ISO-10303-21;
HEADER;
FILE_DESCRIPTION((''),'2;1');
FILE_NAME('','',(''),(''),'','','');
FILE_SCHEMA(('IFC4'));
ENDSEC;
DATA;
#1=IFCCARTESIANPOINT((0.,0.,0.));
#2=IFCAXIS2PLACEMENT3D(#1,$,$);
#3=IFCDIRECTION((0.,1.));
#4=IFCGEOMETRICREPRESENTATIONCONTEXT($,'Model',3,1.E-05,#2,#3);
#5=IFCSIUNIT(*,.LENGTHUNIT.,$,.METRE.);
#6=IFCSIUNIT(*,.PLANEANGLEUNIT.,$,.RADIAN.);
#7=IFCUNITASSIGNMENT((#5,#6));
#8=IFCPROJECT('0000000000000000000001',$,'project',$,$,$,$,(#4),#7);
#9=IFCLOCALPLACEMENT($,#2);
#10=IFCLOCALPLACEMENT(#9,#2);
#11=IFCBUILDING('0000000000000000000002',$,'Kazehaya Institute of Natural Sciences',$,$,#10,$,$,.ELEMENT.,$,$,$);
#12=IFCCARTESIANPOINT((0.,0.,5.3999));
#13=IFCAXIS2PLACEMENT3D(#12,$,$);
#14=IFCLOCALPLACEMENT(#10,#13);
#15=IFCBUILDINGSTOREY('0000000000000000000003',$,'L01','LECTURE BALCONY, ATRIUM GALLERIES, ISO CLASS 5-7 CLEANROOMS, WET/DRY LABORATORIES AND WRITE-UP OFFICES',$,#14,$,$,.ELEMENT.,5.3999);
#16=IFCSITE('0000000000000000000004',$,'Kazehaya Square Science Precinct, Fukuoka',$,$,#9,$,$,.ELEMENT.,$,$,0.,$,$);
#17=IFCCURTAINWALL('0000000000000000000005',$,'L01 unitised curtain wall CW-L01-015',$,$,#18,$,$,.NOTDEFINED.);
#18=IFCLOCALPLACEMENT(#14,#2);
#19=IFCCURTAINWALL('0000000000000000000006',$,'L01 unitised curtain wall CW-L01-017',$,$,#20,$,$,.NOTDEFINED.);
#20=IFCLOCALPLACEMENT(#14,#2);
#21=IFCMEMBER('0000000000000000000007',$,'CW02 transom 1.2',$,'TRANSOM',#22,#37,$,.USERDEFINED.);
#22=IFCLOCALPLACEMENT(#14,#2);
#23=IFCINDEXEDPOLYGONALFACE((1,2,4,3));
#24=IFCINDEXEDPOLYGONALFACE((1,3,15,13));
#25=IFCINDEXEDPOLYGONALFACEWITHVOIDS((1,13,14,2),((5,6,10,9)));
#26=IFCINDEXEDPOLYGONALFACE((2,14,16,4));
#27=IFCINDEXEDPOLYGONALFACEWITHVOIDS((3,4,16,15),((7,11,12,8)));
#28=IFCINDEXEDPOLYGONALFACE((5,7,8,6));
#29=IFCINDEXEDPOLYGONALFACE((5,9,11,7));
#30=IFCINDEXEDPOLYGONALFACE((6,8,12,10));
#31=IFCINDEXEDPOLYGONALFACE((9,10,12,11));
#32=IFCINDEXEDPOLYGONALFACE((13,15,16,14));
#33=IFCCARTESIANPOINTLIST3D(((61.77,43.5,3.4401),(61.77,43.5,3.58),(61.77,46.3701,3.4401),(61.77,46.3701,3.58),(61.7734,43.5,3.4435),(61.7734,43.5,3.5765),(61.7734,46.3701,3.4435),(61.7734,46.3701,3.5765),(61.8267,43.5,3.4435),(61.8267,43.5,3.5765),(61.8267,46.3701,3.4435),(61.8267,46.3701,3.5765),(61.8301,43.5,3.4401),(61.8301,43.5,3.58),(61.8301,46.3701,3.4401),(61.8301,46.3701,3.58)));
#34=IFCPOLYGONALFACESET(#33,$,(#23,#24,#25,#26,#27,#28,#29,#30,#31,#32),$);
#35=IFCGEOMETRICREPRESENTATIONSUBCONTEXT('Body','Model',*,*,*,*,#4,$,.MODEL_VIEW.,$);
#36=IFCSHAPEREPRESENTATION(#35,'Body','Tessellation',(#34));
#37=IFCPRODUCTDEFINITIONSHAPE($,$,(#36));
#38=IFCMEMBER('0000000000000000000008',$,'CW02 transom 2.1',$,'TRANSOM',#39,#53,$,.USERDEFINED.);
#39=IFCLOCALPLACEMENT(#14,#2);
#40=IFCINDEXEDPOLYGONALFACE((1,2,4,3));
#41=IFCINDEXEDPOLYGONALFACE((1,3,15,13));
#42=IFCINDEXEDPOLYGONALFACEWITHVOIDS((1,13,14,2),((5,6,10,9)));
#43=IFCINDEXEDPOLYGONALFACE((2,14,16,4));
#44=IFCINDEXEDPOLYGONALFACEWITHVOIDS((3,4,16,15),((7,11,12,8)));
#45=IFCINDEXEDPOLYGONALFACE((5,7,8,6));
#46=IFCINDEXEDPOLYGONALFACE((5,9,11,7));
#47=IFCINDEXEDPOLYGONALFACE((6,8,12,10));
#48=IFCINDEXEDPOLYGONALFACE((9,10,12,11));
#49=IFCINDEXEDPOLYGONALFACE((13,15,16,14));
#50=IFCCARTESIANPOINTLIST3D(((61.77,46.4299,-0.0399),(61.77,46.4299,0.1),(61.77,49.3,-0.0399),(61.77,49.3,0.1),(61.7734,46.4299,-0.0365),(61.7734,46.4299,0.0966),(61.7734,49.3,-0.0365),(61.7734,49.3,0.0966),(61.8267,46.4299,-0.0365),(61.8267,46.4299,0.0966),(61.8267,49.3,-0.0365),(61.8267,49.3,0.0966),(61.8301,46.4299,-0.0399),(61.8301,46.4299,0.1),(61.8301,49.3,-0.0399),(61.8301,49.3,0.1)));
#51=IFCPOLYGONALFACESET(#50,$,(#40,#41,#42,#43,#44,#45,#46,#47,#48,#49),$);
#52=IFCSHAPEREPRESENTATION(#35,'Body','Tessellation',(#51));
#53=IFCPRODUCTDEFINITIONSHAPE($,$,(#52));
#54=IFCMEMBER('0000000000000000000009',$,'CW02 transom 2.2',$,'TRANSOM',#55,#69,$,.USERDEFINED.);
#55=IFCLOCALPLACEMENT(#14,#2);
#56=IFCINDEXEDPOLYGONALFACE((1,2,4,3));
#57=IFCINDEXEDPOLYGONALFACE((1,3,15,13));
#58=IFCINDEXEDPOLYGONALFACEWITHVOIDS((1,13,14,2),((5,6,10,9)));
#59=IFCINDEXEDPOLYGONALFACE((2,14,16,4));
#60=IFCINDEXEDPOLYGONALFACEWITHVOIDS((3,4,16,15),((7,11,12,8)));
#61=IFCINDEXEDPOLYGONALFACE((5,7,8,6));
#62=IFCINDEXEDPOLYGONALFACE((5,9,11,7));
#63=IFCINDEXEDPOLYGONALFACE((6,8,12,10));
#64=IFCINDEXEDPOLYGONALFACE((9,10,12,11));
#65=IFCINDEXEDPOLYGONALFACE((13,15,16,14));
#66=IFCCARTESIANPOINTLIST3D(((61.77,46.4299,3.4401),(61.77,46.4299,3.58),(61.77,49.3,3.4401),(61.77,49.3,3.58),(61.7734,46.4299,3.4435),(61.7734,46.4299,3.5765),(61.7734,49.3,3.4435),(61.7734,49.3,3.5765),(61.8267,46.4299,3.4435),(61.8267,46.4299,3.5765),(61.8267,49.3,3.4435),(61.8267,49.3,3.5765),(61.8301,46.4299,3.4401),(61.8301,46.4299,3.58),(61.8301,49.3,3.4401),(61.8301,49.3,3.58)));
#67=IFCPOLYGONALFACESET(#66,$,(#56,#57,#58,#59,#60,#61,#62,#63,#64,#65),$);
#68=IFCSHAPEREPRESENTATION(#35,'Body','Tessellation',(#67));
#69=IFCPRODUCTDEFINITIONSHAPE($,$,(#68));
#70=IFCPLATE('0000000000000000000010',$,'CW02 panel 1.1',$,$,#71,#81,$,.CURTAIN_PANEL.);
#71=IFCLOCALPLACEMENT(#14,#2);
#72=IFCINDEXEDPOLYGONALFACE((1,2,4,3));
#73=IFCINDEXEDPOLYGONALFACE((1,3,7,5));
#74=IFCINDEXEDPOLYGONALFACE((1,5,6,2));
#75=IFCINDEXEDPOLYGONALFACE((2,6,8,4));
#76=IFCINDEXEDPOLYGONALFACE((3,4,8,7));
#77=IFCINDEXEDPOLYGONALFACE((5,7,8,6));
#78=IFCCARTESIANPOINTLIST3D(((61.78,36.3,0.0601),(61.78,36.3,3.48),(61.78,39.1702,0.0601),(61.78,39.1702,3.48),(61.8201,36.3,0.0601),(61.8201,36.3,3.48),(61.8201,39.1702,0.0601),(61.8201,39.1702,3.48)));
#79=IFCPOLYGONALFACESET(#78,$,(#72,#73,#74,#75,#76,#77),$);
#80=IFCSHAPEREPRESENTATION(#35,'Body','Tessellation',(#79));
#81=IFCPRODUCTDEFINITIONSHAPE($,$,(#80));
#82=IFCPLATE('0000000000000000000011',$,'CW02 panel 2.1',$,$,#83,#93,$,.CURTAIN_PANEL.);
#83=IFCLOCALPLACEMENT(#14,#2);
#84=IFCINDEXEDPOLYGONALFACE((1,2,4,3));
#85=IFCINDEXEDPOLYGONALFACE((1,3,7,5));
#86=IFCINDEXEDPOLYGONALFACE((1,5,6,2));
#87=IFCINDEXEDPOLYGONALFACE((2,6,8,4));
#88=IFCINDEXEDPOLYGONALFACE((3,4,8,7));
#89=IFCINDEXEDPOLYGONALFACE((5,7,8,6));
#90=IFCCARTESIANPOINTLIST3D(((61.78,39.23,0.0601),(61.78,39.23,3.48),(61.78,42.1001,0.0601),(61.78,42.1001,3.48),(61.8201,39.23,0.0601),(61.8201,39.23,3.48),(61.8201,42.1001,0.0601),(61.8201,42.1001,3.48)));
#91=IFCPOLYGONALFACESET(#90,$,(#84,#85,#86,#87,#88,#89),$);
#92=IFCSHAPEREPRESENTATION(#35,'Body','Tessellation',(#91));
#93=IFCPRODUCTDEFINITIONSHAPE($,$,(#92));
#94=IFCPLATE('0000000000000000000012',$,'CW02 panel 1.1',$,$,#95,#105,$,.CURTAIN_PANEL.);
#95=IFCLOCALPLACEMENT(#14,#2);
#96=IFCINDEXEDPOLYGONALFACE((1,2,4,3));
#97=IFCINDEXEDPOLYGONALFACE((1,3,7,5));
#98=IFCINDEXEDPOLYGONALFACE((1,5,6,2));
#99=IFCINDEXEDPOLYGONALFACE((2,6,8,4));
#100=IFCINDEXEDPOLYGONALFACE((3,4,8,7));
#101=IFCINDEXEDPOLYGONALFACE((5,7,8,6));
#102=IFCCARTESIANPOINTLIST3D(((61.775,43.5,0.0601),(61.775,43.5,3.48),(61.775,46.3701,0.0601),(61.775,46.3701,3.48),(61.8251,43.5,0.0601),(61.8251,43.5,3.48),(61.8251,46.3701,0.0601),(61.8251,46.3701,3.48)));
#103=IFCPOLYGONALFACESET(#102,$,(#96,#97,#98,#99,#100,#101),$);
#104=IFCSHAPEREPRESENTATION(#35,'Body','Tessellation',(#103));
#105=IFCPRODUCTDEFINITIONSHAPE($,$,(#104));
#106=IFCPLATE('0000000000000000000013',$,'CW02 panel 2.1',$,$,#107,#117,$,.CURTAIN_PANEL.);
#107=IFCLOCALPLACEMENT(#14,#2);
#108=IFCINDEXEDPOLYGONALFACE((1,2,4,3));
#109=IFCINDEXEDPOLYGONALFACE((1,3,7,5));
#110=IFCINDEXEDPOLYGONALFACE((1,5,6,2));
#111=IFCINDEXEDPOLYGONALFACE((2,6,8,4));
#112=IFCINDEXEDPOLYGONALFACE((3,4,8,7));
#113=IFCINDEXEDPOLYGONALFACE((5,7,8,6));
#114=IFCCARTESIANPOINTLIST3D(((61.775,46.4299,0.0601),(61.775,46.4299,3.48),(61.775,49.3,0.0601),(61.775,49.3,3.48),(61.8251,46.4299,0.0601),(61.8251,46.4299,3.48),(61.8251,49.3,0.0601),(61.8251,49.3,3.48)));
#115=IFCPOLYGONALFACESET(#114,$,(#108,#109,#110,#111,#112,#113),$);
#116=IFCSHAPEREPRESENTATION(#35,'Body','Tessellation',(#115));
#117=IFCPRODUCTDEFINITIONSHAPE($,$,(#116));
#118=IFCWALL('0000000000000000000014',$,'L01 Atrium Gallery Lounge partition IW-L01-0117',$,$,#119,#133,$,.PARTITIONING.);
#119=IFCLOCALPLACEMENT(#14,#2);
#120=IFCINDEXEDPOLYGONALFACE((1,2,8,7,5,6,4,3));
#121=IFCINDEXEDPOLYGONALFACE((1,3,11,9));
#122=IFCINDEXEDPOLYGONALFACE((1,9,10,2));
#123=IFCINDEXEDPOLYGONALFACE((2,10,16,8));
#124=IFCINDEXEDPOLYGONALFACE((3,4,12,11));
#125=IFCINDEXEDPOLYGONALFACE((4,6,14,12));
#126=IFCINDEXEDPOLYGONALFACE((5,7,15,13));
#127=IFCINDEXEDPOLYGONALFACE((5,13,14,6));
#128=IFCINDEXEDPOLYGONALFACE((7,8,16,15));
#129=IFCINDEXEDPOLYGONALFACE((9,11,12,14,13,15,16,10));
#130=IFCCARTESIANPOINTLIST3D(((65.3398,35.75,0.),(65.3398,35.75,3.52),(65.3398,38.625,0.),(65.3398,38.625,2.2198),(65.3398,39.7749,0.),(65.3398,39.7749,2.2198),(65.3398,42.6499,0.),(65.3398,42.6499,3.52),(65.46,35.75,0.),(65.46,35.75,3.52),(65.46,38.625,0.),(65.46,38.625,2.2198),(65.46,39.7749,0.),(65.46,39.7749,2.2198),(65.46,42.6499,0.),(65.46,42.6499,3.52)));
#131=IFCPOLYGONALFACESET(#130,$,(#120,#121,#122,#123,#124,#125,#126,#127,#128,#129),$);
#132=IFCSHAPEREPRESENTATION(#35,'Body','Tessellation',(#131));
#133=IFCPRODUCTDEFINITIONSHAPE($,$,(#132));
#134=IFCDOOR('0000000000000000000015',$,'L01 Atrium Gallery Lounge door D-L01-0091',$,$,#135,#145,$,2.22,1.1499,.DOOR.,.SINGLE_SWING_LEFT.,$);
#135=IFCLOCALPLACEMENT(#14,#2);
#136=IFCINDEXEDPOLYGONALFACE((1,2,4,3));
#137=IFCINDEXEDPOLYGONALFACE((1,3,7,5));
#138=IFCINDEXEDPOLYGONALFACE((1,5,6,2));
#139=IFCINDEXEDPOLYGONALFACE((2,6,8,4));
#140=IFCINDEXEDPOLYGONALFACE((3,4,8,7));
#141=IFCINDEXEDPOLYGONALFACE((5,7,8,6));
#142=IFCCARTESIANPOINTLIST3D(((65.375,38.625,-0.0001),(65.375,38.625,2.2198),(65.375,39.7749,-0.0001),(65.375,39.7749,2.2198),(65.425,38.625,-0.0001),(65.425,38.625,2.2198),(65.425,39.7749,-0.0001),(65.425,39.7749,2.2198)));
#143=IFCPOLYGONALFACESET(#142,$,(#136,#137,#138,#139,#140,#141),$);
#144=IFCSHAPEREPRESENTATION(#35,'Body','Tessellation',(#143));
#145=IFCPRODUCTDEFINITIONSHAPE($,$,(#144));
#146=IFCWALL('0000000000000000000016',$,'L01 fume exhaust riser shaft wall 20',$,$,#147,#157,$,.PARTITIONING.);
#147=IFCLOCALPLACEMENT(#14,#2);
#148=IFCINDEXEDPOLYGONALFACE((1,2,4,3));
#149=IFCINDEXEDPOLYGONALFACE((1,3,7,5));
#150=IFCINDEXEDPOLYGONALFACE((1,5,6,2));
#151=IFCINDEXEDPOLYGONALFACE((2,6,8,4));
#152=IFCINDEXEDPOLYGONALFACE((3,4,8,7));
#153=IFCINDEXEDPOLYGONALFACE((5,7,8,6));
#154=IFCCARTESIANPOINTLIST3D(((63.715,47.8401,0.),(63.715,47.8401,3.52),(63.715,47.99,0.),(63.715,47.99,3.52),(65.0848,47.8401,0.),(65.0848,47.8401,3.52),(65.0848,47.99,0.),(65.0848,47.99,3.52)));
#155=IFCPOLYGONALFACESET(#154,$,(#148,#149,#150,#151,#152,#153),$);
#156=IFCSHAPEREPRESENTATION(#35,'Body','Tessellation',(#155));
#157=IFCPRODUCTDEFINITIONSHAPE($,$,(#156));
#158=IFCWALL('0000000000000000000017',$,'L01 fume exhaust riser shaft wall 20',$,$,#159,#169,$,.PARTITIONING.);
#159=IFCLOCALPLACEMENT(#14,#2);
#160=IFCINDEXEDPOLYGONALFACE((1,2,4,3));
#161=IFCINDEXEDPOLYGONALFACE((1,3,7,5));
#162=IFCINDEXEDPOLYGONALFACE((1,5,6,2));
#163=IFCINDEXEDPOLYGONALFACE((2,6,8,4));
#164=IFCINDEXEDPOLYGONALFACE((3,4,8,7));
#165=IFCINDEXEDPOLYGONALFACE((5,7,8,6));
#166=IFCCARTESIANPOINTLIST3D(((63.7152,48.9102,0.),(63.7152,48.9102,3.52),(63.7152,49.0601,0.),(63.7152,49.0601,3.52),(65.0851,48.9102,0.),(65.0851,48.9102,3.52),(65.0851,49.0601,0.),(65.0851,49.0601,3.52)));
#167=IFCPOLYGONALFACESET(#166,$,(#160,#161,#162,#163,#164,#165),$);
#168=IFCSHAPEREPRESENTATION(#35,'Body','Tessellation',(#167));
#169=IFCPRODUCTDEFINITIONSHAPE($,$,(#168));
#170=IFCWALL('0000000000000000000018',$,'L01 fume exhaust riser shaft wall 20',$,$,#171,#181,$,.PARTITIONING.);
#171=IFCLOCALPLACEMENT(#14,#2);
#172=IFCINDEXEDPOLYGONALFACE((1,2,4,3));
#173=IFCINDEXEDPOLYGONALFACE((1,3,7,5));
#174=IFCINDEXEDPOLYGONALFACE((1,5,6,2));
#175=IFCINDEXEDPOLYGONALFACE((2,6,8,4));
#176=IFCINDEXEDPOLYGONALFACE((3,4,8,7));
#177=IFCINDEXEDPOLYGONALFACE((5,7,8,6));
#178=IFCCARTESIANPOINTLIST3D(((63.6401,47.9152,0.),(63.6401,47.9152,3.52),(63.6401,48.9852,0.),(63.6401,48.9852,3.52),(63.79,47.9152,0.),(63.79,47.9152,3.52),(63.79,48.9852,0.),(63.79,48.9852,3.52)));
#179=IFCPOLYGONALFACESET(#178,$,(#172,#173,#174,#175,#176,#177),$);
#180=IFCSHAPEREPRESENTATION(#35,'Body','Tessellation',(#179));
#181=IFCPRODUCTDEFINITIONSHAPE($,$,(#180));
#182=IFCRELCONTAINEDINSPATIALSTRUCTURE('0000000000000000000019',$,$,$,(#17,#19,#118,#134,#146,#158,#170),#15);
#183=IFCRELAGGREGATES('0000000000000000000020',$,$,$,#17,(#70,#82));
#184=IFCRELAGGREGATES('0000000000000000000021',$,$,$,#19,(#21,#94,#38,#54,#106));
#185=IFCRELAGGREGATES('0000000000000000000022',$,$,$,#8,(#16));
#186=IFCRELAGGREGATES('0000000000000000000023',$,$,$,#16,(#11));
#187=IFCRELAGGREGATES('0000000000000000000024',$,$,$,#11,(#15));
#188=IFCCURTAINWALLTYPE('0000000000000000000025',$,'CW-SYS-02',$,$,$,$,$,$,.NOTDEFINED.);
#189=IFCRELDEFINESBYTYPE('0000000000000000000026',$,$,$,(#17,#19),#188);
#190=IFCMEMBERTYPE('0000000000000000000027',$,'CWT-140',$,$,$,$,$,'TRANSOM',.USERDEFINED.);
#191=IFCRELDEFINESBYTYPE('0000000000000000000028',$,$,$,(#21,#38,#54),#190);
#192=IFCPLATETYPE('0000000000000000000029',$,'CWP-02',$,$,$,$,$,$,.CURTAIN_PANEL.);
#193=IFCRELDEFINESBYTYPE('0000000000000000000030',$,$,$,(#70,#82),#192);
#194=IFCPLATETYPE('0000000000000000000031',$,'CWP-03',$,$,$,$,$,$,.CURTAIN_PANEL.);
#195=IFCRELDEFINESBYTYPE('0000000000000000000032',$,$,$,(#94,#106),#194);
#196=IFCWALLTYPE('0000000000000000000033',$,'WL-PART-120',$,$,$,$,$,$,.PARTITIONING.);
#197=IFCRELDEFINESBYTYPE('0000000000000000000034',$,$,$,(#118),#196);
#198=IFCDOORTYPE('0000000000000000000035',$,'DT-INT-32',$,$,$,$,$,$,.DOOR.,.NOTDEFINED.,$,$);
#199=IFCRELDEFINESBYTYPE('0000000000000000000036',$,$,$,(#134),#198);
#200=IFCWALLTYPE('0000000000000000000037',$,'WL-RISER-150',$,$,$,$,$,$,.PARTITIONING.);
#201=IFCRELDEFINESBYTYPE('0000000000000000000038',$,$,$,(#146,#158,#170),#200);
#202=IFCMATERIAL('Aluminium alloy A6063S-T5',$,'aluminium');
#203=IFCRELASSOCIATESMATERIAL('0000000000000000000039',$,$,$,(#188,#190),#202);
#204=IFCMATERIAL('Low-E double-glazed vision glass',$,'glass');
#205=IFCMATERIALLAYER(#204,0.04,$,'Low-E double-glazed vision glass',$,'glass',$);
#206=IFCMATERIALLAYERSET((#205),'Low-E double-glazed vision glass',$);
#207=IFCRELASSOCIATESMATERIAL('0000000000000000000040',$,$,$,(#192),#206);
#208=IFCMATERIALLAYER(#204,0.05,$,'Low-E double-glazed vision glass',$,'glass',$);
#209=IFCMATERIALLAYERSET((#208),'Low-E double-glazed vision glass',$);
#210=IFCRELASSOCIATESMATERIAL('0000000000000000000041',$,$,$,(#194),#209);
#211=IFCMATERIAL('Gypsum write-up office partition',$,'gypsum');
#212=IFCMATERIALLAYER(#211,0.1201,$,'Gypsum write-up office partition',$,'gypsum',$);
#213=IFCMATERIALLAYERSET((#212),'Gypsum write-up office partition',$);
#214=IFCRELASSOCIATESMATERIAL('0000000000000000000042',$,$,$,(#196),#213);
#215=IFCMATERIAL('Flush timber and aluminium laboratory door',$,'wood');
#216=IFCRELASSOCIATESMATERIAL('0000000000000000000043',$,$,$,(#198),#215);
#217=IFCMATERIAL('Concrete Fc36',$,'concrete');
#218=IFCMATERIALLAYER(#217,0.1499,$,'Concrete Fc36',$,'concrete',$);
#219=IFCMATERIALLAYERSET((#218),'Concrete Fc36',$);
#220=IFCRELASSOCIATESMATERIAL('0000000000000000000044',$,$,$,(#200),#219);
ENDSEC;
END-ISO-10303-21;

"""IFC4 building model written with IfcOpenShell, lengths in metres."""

from ifc_helpers import new_model, si_unit, direction, frame, frame_2d, origin, origin_2d, place, context, subcontext, project, spatial, rectangle, hollow_rectangle, extrude, material, layer, layer_set, material_profile, profile_set, type_object, element, fill, aggregate, save


model = new_model("IFC4")

# Units and contexts
model_context = context("Model", 3, precision=1e-05, world=origin(), true_north=direction((0.0, 1.0)))
body_context = subcontext(model_context, "Body", "Model", "MODEL_VIEW")
ifc_project = project(units=[si_unit("LENGTHUNIT", "METRE"), si_unit("PLANEANGLEUNIT", "RADIAN")], contexts=[model_context])

# Site, building, storey
site_placement = place(None, origin())
site = spatial("IfcSite", under=ifc_project, at=site_placement, Name="Kazehaya Square Science Precinct, Fukuoka", CompositionType="ELEMENT", RefElevation=0.0)
building_placement = place(site_placement, origin())
building = spatial("IfcBuilding", under=site, at=building_placement, Name="Kazehaya Institute of Natural Sciences", CompositionType="ELEMENT")
storey_placement = place(building_placement, frame((0.0, 0.0, 5.3999)))
storey = spatial("IfcBuildingStorey", under=building, at=storey_placement, Name="L01", Description="LECTURE BALCONY, ATRIUM GALLERIES, ISO CLASS 5-7 CLEANROOMS, WET/DRY LABORATORIES AND WRITE-UP OFFICES", CompositionType="ELEMENT", Elevation=5.3999)

# Shared definitions
ifc_material_1 = material(Name="Concrete Fc36", Category="concrete")

# Curtain walls
ifc_material_2 = material(Name="Aluminium alloy A6063S-T5", Category="aluminium")
curtain_wall_type = type_object("IfcCurtainWallType", Name="CW-SYS-02", PredefinedType="NOTDEFINED", material=ifc_material_2)
curtain_wall_1_placement = place(storey_placement, origin())
curtain_wall_1 = element("IfcCurtainWall", 1, at=curtain_wall_1_placement, inside=storey, type_object=curtain_wall_type, Name="L01 unitised curtain wall CW-L01-015", PredefinedType="NOTDEFINED")
curtain_wall_2_placement = place(storey_placement, origin())
curtain_wall_2 = element("IfcCurtainWall", 2, at=curtain_wall_2_placement, inside=storey, type_object=curtain_wall_type, Name="L01 unitised curtain wall CW-L01-017", PredefinedType="NOTDEFINED")

# Members
ifc_material_profile_1 = material_profile(ifc_material_2, hollow_rectangle(XDim=0.0601, YDim=0.1399, WallThickness=0.0034, at=origin_2d()), Name="ALU-60x140x3.5")
ifc_profile_set_1 = profile_set([ifc_material_profile_1], Name="Aluminium alloy A6063S-T5")
member_type_1 = type_object("IfcMemberType", Name="CWT-140", ElementType="TRANSOM", PredefinedType="USERDEFINED", material=ifc_profile_set_1)
member_1_placement = place(storey_placement, frame((61.8, 43.5, 3.51), z_axis=(0.0, 1.0, 0.0), x_axis=(-1.0, 0.0, 0.0)))
member_1 = element("IfcMember", 3, at=member_1_placement, type_object=member_type_1, Name="CW02 transom 1.2", ObjectType="TRANSOM", PredefinedType="USERDEFINED", context=body_context, shape_type="SweptSolid", body=[
    extrude(hollow_rectangle(XDim=0.0601, YDim=0.1399, WallThickness=0.0034, at=origin_2d()), origin(), (0.0, 0.0, 1.0), 2.8701),
])
member_2_placement = place(storey_placement, frame((61.8, 46.4299, 0.03), z_axis=(0.0, 1.0, 0.0), x_axis=(-1.0, 0.0, 0.0)))
member_2 = element("IfcMember", 4, at=member_2_placement, type_object=member_type_1, Name="CW02 transom 2.1", ObjectType="TRANSOM", PredefinedType="USERDEFINED", context=body_context, shape_type="SweptSolid", body=[
    extrude(hollow_rectangle(XDim=0.0601, YDim=0.1399, WallThickness=0.0034, at=origin_2d()), origin(), (0.0, 0.0, 1.0), 2.8701),
])
member_3_placement = place(storey_placement, frame((61.8, 46.4299, 3.51), z_axis=(0.0, 1.0, 0.0), x_axis=(-1.0, 0.0, 0.0)))
member_3 = element("IfcMember", 5, at=member_3_placement, type_object=member_type_1, Name="CW02 transom 2.2", ObjectType="TRANSOM", PredefinedType="USERDEFINED", context=body_context, shape_type="SweptSolid", body=[
    extrude(hollow_rectangle(XDim=0.0601, YDim=0.1399, WallThickness=0.0034, at=origin_2d()), origin(), (0.0, 0.0, 1.0), 2.8701),
])

# Plates
ifc_material_3 = material(Name="Low-E double-glazed vision glass", Category="glass")
ifc_layer_1 = layer(ifc_material_3, 0.04, Name="Low-E double-glazed vision glass", Category="glass")
ifc_layer_set_1 = layer_set([ifc_layer_1], Name="Low-E double-glazed vision glass")
plate_type_1 = type_object("IfcPlateType", Name="CWP-02", PredefinedType="CURTAIN_PANEL", material=ifc_layer_set_1)
plate_1_placement = place(storey_placement, frame((61.8, 37.7351, 0.0601), z_axis=(0.0, 0.0, 1.0), x_axis=(0.0, 1.0, 0.0)))
plate_1 = element("IfcPlate", 6, at=plate_1_placement, type_object=plate_type_1, Name="CW02 panel 1.1", PredefinedType="CURTAIN_PANEL", context=body_context, shape_type="SweptSolid", body=[
    extrude(rectangle(XDim=2.8701, YDim=0.04, at=origin_2d()), origin(), (0.0, 0.0, 1.0), 3.4199),
])
plate_2_placement = place(storey_placement, frame((61.8, 40.665, 0.0601), z_axis=(0.0, 0.0, 1.0), x_axis=(0.0, 1.0, 0.0)))
plate_2 = element("IfcPlate", 7, at=plate_2_placement, type_object=plate_type_1, Name="CW02 panel 2.1", PredefinedType="CURTAIN_PANEL", context=body_context, shape_type="SweptSolid", body=[
    extrude(rectangle(XDim=2.8701, YDim=0.04, at=origin_2d()), origin(), (0.0, 0.0, 1.0), 3.4199),
])
aggregate(curtain_wall_1, [plate_1, plate_2])
ifc_layer_2 = layer(ifc_material_3, 0.05, Name="Low-E double-glazed vision glass", Category="glass")
ifc_layer_set_2 = layer_set([ifc_layer_2], Name="Low-E double-glazed vision glass")
plate_type_2 = type_object("IfcPlateType", Name="CWP-03", PredefinedType="CURTAIN_PANEL", material=ifc_layer_set_2)
plate_3_placement = place(storey_placement, frame((61.8, 44.9351, 0.0601), z_axis=(0.0, 0.0, 1.0), x_axis=(0.0, 1.0, 0.0)))
plate_3 = element("IfcPlate", 8, at=plate_3_placement, type_object=plate_type_2, Name="CW02 panel 1.1", PredefinedType="CURTAIN_PANEL", context=body_context, shape_type="SweptSolid", body=[
    extrude(rectangle(XDim=2.8701, YDim=0.05, at=origin_2d()), origin(), (0.0, 0.0, 1.0), 3.4199),
])
plate_4_placement = place(storey_placement, frame((61.8, 47.865, 0.0601), z_axis=(0.0, 0.0, 1.0), x_axis=(0.0, 1.0, 0.0)))
plate_4 = element("IfcPlate", 9, at=plate_4_placement, type_object=plate_type_2, Name="CW02 panel 2.1", PredefinedType="CURTAIN_PANEL", context=body_context, shape_type="SweptSolid", body=[
    extrude(rectangle(XDim=2.8701, YDim=0.05, at=origin_2d()), origin(), (0.0, 0.0, 1.0), 3.4199),
])
aggregate(curtain_wall_2, [member_1, plate_3, member_2, member_3, plate_4])

# Wall, opening, door
ifc_material_4 = material(Name="Gypsum write-up office partition", Category="gypsum")
ifc_layer_3 = layer(ifc_material_4, 0.1201, Name="Gypsum write-up office partition", Category="gypsum")
ifc_layer_set_3 = layer_set([ifc_layer_3], Name="Gypsum write-up office partition")
wall_type_1 = type_object("IfcWallType", Name="WL-PART-120", PredefinedType="PARTITIONING", material=ifc_layer_set_3)
wall_placement = place(storey_placement, frame((65.3999, 35.75, 0.0), z_axis=(0.0, 0.0, 1.0), x_axis=(0.0, 1.0, 0.0)))
wall = element("IfcWall", 10, at=wall_placement, inside=storey, type_object=wall_type_1, Name="L01 Atrium Gallery Lounge partition IW-L01-0117", PredefinedType="PARTITIONING", context=body_context, shape_type="SweptSolid", body=[
    extrude(rectangle(XDim=6.8999, YDim=0.1201, at=frame_2d((3.45, 0.0))), origin(), (0.0, 0.0, 1.0), 3.52),
])
opening_placement = place(wall_placement, frame((2.875, 0.0, 0.0)))
opening = element("IfcOpeningElement", 11, at=opening_placement, cuts=wall, PredefinedType="OPENING", context=body_context, shape_type="SweptSolid", body=[
    extrude(rectangle(XDim=1.1499, YDim=2.22, at=frame_2d((0.575, 1.1099))), frame((0.0, 0.0701, 0.0), z_axis=(0.0, -1.0, 0.0), x_axis=(1.0, 0.0, 0.0)), (0.0, 0.0, 1.0), 0.1401),
])
ifc_material_5 = material(Name="Flush timber and aluminium laboratory door", Category="wood")
door_type = type_object("IfcDoorType", Name="DT-INT-32", OperationType="NOTDEFINED", PredefinedType="DOOR", material=ifc_material_5)
door_placement = place(opening_placement, origin())
door = element("IfcDoor", 12, at=door_placement, inside=storey, type_object=door_type, Name="L01 Atrium Gallery Lounge door D-L01-0091", OperationType="SINGLE_SWING_LEFT", OverallHeight=2.22, OverallWidth=1.1499, PredefinedType="DOOR", context=body_context, shape_type="SweptSolid", body=[
    extrude(rectangle(XDim=1.1499, YDim=2.22, at=frame_2d((0.575, 1.1099))), frame((0.0, 0.0249, 0.0), z_axis=(0.0, -1.0, 0.0), x_axis=(1.0, 0.0, 0.0)), (0.0, 0.0, 1.0), 0.05),
])
fill(opening, door)

# Walls
ifc_layer_4 = layer(ifc_material_1, 0.1499, Name="Concrete Fc36", Category="concrete")
ifc_layer_set_4 = layer_set([ifc_layer_4], Name="Concrete Fc36")
wall_type_2 = type_object("IfcWallType", Name="WL-RISER-150", PredefinedType="PARTITIONING", material=ifc_layer_set_4)
for number, where, z_axis, x_axis, name in (
    (13, (65.085, 47.915, 0.0), (0.0, 0.0, 1.0), (-1.0, 0.0, 0.0), "L01 fume exhaust riser shaft wall 20"),
    (14, (63.7151, 48.9851, 0.0), (0.0, 0.0, 1.0), (1.0, 0.0, 0.0), "L01 fume exhaust riser shaft wall 20"),
):
    element("IfcWall", number, at=place(storey_placement, frame(where, z_axis=z_axis, x_axis=x_axis)), inside=storey, type_object=wall_type_2, Name=name, PredefinedType="PARTITIONING", context=body_context, shape_type="SweptSolid", body=[
        extrude(rectangle(XDim=1.3699, YDim=0.1499, at=frame_2d((0.6851, 0.0))), origin(), (0.0, 0.0, 1.0), 3.52),
    ])
for number, where, z_axis, x_axis, name in (
    (15, (63.7151, 47.915, 0.0), (0.0, 0.0, 1.0), (0.0, 1.0, 0.0), "L01 fume exhaust riser shaft wall 20"),
):
    element("IfcWall", number, at=place(storey_placement, frame(where, z_axis=z_axis, x_axis=x_axis)), inside=storey, type_object=wall_type_2, Name=name, PredefinedType="PARTITIONING", context=body_context, shape_type="SweptSolid", body=[
        extrude(rectangle(XDim=1.0701, YDim=0.1499, at=frame_2d((0.5352, 0.0))), origin(), (0.0, 0.0, 1.0), 3.52),
    ])

save(model, "model.ifc")
